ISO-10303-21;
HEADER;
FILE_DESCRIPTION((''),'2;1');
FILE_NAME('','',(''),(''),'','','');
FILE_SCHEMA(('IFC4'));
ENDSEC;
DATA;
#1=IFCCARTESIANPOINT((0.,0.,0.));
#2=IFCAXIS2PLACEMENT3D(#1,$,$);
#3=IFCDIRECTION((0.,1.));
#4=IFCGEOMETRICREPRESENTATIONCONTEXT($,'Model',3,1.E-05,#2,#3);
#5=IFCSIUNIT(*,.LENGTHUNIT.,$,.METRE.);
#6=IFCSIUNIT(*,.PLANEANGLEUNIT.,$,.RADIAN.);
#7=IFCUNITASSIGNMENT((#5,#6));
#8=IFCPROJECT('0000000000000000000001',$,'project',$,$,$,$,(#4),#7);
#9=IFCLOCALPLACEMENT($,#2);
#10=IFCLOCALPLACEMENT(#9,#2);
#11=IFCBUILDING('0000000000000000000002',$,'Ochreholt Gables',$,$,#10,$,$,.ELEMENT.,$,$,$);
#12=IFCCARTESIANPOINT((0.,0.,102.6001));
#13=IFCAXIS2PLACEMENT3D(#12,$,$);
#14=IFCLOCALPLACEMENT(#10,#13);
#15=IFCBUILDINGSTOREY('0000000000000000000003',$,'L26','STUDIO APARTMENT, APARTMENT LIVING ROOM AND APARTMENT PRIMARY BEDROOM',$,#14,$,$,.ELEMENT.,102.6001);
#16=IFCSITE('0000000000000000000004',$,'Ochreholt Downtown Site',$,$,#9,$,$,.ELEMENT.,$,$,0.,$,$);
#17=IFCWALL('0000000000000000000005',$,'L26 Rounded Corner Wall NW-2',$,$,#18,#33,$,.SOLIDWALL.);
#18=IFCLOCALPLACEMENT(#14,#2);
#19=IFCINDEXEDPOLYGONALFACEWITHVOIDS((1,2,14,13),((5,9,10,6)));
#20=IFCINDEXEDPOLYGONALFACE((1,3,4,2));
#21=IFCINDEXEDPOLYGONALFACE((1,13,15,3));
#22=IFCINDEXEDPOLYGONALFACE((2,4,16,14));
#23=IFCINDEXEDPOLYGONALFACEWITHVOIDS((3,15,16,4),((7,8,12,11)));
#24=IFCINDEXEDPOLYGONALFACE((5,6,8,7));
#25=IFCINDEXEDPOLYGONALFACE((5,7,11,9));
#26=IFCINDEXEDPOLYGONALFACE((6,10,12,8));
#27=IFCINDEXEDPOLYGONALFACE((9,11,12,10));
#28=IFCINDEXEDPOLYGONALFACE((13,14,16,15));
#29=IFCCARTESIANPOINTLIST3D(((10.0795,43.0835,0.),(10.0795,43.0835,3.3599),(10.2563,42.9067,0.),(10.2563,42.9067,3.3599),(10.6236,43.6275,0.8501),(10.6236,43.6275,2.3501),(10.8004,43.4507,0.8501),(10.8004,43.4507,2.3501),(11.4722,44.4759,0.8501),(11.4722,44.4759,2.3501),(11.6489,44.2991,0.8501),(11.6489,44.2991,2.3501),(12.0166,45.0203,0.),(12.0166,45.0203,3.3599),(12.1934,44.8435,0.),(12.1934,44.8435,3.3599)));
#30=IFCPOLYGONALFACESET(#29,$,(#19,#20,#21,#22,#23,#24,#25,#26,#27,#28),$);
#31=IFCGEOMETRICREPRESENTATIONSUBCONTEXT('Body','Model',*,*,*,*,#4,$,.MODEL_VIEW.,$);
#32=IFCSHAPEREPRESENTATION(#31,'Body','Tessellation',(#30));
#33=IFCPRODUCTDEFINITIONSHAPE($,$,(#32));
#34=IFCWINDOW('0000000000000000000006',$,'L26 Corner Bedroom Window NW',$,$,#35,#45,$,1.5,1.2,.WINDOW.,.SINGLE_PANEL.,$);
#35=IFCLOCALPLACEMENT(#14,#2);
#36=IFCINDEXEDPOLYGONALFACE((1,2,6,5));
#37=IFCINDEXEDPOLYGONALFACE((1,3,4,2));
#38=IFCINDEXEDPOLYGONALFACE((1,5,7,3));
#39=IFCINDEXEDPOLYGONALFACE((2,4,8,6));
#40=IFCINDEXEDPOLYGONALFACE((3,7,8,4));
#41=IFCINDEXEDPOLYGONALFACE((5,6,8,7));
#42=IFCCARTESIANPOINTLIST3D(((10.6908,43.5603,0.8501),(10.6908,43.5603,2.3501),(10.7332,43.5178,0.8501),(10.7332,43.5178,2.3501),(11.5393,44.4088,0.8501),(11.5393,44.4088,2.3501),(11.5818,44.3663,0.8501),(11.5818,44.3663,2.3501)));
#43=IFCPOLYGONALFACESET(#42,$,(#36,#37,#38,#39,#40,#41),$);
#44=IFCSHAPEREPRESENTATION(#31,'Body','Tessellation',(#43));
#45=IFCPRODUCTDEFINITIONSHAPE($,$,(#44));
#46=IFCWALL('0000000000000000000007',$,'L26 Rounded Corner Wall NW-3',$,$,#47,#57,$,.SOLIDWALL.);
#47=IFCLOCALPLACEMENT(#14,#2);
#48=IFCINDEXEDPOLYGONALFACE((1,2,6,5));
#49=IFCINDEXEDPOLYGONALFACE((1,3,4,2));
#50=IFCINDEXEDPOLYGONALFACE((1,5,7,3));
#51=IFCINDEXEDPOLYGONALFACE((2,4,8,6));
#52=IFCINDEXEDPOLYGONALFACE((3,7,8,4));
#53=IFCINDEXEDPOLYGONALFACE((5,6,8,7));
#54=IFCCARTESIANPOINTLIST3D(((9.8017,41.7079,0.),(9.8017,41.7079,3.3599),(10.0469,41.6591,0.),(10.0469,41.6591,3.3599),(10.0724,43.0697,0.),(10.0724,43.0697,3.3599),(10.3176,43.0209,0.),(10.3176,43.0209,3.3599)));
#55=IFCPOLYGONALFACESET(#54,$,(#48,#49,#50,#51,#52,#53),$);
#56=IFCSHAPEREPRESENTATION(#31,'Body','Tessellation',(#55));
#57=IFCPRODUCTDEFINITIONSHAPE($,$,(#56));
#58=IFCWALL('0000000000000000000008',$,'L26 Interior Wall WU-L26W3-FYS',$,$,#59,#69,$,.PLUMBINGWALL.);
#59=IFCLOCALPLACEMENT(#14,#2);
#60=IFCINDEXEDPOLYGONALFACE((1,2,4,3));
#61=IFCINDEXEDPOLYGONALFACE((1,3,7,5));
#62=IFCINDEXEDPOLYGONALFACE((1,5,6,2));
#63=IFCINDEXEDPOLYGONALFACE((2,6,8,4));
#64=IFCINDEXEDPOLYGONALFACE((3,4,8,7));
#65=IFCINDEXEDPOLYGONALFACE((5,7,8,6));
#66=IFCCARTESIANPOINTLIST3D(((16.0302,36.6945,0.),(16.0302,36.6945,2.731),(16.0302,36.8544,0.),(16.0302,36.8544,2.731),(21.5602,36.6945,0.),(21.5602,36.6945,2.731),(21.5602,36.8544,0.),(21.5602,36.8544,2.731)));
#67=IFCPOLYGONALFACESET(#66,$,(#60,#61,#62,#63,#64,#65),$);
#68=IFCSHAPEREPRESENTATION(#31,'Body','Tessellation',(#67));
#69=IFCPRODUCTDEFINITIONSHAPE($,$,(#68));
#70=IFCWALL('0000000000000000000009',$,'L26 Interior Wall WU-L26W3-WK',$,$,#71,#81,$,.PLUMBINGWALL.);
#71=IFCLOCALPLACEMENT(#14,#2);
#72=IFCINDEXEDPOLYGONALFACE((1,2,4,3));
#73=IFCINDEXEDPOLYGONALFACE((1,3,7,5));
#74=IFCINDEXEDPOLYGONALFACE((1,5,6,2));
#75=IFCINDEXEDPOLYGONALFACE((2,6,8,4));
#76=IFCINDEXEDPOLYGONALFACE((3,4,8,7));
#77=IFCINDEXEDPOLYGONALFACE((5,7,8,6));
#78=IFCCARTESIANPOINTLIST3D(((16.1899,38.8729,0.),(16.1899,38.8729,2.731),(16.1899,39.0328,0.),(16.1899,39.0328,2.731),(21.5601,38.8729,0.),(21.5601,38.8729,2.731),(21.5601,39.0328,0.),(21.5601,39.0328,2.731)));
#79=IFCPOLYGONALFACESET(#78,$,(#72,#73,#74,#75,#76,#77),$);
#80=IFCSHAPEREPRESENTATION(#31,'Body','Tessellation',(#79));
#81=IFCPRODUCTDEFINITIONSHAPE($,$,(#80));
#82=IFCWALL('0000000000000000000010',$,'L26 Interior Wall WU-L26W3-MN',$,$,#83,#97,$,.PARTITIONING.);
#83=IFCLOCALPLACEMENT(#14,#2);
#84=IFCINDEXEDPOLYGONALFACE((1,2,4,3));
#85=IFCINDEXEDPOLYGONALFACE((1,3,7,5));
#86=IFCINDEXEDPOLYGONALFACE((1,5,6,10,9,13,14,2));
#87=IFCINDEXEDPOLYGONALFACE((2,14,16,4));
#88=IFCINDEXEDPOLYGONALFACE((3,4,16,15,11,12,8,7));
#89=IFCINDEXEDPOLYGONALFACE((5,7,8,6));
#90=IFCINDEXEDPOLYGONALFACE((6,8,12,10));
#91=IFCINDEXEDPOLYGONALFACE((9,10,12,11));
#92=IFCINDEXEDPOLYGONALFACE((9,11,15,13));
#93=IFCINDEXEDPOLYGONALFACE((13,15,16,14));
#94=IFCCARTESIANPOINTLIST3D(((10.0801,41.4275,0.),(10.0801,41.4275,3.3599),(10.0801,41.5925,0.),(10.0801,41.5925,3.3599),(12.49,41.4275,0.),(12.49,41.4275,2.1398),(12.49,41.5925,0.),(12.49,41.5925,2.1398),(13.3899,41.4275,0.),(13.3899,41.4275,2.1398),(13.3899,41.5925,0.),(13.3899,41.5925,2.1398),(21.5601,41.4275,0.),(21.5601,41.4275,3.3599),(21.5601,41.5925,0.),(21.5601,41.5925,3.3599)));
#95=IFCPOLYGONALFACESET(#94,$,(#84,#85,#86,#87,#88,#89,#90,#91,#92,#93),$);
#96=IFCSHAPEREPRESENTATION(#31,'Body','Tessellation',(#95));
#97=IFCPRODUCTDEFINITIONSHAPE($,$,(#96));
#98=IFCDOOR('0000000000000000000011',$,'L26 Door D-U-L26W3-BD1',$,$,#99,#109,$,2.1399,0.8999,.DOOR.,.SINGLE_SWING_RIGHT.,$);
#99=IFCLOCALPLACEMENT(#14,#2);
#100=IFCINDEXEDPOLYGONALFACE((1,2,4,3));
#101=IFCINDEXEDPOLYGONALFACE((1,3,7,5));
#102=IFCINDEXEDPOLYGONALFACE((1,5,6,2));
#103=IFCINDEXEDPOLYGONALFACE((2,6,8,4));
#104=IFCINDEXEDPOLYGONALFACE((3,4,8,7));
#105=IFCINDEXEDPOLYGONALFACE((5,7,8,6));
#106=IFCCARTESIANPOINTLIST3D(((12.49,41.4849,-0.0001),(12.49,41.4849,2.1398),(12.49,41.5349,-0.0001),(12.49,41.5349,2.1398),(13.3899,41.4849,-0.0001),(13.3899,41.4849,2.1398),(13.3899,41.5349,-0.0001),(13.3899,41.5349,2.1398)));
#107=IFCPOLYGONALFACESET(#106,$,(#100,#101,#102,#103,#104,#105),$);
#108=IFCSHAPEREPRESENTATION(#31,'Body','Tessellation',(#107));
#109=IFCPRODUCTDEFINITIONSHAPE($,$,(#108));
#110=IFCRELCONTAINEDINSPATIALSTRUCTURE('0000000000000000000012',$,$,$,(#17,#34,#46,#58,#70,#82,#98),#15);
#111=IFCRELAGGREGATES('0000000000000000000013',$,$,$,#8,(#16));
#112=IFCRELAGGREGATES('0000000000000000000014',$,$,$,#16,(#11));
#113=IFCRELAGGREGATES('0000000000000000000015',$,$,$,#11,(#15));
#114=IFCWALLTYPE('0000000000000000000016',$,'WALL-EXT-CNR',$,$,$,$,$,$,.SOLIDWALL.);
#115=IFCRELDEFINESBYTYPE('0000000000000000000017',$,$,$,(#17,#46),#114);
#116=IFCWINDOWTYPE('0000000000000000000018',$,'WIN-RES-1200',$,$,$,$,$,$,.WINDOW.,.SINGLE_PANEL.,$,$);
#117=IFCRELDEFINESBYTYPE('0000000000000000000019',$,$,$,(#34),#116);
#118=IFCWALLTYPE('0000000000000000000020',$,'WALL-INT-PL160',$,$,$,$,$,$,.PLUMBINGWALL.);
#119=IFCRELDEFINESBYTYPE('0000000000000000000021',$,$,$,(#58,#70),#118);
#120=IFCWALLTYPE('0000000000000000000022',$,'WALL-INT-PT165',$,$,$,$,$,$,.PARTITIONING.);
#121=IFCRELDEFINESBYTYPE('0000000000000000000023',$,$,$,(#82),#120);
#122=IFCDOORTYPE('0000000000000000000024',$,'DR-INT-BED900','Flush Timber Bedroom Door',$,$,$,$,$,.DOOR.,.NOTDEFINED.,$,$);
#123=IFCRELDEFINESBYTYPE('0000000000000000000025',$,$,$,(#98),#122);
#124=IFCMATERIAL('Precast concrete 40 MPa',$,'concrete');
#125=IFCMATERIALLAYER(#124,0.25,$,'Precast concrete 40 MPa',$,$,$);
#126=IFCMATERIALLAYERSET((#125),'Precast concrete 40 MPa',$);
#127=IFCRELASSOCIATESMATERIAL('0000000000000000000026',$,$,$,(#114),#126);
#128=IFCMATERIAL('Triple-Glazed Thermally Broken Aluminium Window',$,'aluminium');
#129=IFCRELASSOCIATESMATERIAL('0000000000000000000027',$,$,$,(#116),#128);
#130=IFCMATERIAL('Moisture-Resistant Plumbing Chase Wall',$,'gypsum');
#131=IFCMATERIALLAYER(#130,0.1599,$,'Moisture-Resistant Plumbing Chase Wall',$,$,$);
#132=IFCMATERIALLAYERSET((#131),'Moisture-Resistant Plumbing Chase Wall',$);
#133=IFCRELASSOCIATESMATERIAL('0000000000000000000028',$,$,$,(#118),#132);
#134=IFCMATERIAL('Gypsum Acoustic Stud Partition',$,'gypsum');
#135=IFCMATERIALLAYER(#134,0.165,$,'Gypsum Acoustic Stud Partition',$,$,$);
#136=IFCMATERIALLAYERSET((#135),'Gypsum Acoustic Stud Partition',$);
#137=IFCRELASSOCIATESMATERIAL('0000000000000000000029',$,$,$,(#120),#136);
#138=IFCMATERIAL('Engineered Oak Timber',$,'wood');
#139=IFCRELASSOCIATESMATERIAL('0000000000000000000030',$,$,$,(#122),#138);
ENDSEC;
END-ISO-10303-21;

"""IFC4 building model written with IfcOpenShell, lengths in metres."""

from ifc_helpers import new_model, si_unit, direction, frame, frame_2d, origin, place, context, subcontext, project, spatial, rectangle, extrude, material, layer, layer_set, type_object, element, fill, save


model = new_model("IFC4")

# Units and contexts
model_context = context("Model", 3, precision=1e-05, world=origin(), true_north=direction((0.0, 1.0)))
body_context = subcontext(model_context, "Body", "Model", "MODEL_VIEW")
ifc_project = project(units=[si_unit("LENGTHUNIT", "METRE"), si_unit("PLANEANGLEUNIT", "RADIAN")], contexts=[model_context])

# Site, building, storey
site_placement = place(None, origin())
site = spatial("IfcSite", under=ifc_project, at=site_placement, Name="Ochreholt Downtown Site", CompositionType="ELEMENT", RefElevation=0.0)
building_placement = place(site_placement, origin())
building = spatial("IfcBuilding", under=site, at=building_placement, Name="Ochreholt Gables", CompositionType="ELEMENT")
storey_placement = place(building_placement, frame((0.0, 0.0, 102.6001)))
storey = spatial("IfcBuildingStorey", under=building, at=storey_placement, Name="L26", Description="STUDIO APARTMENT, APARTMENT LIVING ROOM AND APARTMENT PRIMARY BEDROOM", CompositionType="ELEMENT", Elevation=102.6001)

# Shared definitions
ifc_material_1 = material(Name="Precast concrete 40 MPa", Category="concrete")
ifc_material_2 = material(Name="Triple-Glazed Thermally Broken Aluminium Window", Category="aluminium")

# Shared definitions
ifc_layer_1 = layer(ifc_material_1, 0.25, Name="Precast concrete 40 MPa")
ifc_layer_set_1 = layer_set([ifc_layer_1], Name="Precast concrete 40 MPa")
wall_type_1 = type_object("IfcWallType", Name="WALL-EXT-CNR", PredefinedType="SOLIDWALL", material=ifc_layer_set_1)

# Wall, opening, window
wall_1_placement = place(storey_placement, frame((12.105, 44.9319, 0.0), z_axis=(0.0, 0.0, 1.0), x_axis=(-0.707151, -0.707062, 0.0)))
wall_1 = element("IfcWall", 1, at=wall_1_placement, inside=storey, type_object=wall_type_1, Name="L26 Rounded Corner Wall NW-2", PredefinedType="SOLIDWALL", context=body_context, shape_type="SweptSolid", body=[
    extrude(rectangle(XDim=2.7393, YDim=0.25, at=frame_2d((1.3696, 0.0))), origin(), (0.0, 0.0, 1.0), 3.3599),
])
opening_1_placement = place(wall_1_placement, frame((0.7698, 0.0, 0.8501)))
opening_1 = element("IfcOpeningElement", 2, at=opening_1_placement, cuts=wall_1, PredefinedType="OPENING", context=body_context, shape_type="SweptSolid", body=[
    extrude(rectangle(XDim=1.2, YDim=1.5, at=frame_2d((0.6001, 0.75))), frame((0.0, 0.135, 0.0), z_axis=(0.0, -1.0, 0.0), x_axis=(1.0, 0.0, 0.0)), (0.0, 0.0, 1.0), 0.27),
])
window_type_1 = type_object("IfcWindowType", Name="WIN-RES-1200", PartitioningType="SINGLE_PANEL", PredefinedType="WINDOW", material=ifc_material_2)
window_1_placement = place(opening_1_placement, origin())
window_1 = element("IfcWindow", 3, at=window_1_placement, inside=storey, type_object=window_type_1, Name="L26 Corner Bedroom Window NW", OverallHeight=1.5, OverallWidth=1.2, PartitioningType="SINGLE_PANEL", PredefinedType="WINDOW", context=body_context, shape_type="SweptSolid", body=[
    extrude(rectangle(XDim=1.2, YDim=1.5, at=frame_2d((0.6001, 0.75))), frame((0.0, 0.03, 0.0), z_axis=(0.0, -1.0, 0.0), x_axis=(1.0, 0.0, 0.0)), (0.0, 0.0, 1.0), 0.0601),
])
fill(opening_1, window_1)

# Walls
wall_2_placement = place(storey_placement, frame((10.1951, 43.0454, 0.0), z_axis=(0.0, 0.0, 1.0), x_axis=(-0.195, -0.980803, 0.0)))
element("IfcWall", 4, at=wall_2_placement, inside=storey, type_object=wall_type_1, Name="L26 Rounded Corner Wall NW-3", PredefinedType="SOLIDWALL", context=body_context, shape_type="SweptSolid", body=[
    extrude(rectangle(XDim=1.3884, YDim=0.25, at=frame_2d((0.6943, 0.0))), origin(), (0.0, 0.0, 1.0), 3.3599),
])
ifc_material_3 = material(Name="Moisture-Resistant Plumbing Chase Wall", Category="gypsum")
ifc_layer_2 = layer(ifc_material_3, 0.1599, Name="Moisture-Resistant Plumbing Chase Wall")
ifc_layer_set_2 = layer_set([ifc_layer_2], Name="Moisture-Resistant Plumbing Chase Wall")
wall_type_2 = type_object("IfcWallType", Name="WALL-INT-PL160", PredefinedType="PLUMBINGWALL", material=ifc_layer_set_2)
wall_3_placement = place(storey_placement, frame((16.03, 36.7744, 0.0), z_axis=(0.0, 0.0, 1.0), x_axis=(1.0, 0.0, 0.0)))
element("IfcWall", 5, at=wall_3_placement, inside=storey, type_object=wall_type_2, Name="L26 Interior Wall WU-L26W3-FYS", PredefinedType="PLUMBINGWALL", context=body_context, shape_type="SweptSolid", body=[
    extrude(rectangle(XDim=5.53, YDim=0.1599, at=frame_2d((2.7651, 0.0))), origin(), (0.0, 0.0, 1.0), 2.731),
])

# Shared definitions
ifc_material_4 = material(Name="Engineered Oak Timber", Category="wood")

# Wall
wall_4_placement = place(storey_placement, frame((16.1899, 38.9529, 0.0), z_axis=(0.0, 0.0, 1.0), x_axis=(1.0, 0.0, 0.0)))
element("IfcWall", 6, at=wall_4_placement, inside=storey, type_object=wall_type_2, Name="L26 Interior Wall WU-L26W3-WK", PredefinedType="PLUMBINGWALL", context=body_context, shape_type="SweptSolid", body=[
    extrude(rectangle(XDim=5.3701, YDim=0.1599, at=frame_2d((2.6851, 0.0))), origin(), (0.0, 0.0, 1.0), 2.731),
])

# Wall, opening, door
ifc_material_5 = material(Name="Gypsum Acoustic Stud Partition", Category="gypsum")
ifc_layer_3 = layer(ifc_material_5, 0.165, Name="Gypsum Acoustic Stud Partition")
ifc_layer_set_3 = layer_set([ifc_layer_3], Name="Gypsum Acoustic Stud Partition")
wall_type_3 = type_object("IfcWallType", Name="WALL-INT-PT165", PredefinedType="PARTITIONING", material=ifc_layer_set_3)
wall_5_placement = place(storey_placement, frame((10.0801, 41.51, 0.0), z_axis=(0.0, 0.0, 1.0), x_axis=(1.0, 0.0, 0.0)))
wall_5 = element("IfcWall", 7, at=wall_5_placement, inside=storey, type_object=wall_type_3, Name="L26 Interior Wall WU-L26W3-MN", PredefinedType="PARTITIONING", context=body_context, shape_type="SweptSolid", body=[
    extrude(rectangle(XDim=11.48, YDim=0.165, at=frame_2d((5.74, 0.0))), origin(), (0.0, 0.0, 1.0), 3.3599),
])
opening_2_placement = place(wall_5_placement, frame((2.4099, 0.0, 0.0)))
opening_2 = element("IfcOpeningElement", 8, at=opening_2_placement, cuts=wall_5, PredefinedType="OPENING", context=body_context, shape_type="SweptSolid", body=[
    extrude(rectangle(XDim=0.8999, YDim=2.1399, at=frame_2d((0.45, 1.0698))), frame((0.0, 0.0925, 0.0), z_axis=(0.0, -1.0, 0.0), x_axis=(1.0, 0.0, 0.0)), (0.0, 0.0, 1.0), 0.1851),
])
door_type_1 = type_object("IfcDoorType", Name="DR-INT-BED900", Description="Flush Timber Bedroom Door", OperationType="NOTDEFINED", PredefinedType="DOOR", material=ifc_material_4)
door_1_placement = place(opening_2_placement, origin())
door_1 = element("IfcDoor", 9, at=door_1_placement, inside=storey, type_object=door_type_1, Name="L26 Door D-U-L26W3-BD1", OperationType="SINGLE_SWING_RIGHT", OverallHeight=2.1399, OverallWidth=0.8999, PredefinedType="DOOR", context=body_context, shape_type="SweptSolid", body=[
    extrude(rectangle(XDim=0.8999, YDim=2.1399, at=frame_2d((0.45, 1.0698))), frame((0.0, 0.0249, 0.0), z_axis=(0.0, -1.0, 0.0), x_axis=(1.0, 0.0, 0.0)), (0.0, 0.0, 1.0), 0.05),
])
fill(opening_2, door_1)

save(model, "model.ifc")
